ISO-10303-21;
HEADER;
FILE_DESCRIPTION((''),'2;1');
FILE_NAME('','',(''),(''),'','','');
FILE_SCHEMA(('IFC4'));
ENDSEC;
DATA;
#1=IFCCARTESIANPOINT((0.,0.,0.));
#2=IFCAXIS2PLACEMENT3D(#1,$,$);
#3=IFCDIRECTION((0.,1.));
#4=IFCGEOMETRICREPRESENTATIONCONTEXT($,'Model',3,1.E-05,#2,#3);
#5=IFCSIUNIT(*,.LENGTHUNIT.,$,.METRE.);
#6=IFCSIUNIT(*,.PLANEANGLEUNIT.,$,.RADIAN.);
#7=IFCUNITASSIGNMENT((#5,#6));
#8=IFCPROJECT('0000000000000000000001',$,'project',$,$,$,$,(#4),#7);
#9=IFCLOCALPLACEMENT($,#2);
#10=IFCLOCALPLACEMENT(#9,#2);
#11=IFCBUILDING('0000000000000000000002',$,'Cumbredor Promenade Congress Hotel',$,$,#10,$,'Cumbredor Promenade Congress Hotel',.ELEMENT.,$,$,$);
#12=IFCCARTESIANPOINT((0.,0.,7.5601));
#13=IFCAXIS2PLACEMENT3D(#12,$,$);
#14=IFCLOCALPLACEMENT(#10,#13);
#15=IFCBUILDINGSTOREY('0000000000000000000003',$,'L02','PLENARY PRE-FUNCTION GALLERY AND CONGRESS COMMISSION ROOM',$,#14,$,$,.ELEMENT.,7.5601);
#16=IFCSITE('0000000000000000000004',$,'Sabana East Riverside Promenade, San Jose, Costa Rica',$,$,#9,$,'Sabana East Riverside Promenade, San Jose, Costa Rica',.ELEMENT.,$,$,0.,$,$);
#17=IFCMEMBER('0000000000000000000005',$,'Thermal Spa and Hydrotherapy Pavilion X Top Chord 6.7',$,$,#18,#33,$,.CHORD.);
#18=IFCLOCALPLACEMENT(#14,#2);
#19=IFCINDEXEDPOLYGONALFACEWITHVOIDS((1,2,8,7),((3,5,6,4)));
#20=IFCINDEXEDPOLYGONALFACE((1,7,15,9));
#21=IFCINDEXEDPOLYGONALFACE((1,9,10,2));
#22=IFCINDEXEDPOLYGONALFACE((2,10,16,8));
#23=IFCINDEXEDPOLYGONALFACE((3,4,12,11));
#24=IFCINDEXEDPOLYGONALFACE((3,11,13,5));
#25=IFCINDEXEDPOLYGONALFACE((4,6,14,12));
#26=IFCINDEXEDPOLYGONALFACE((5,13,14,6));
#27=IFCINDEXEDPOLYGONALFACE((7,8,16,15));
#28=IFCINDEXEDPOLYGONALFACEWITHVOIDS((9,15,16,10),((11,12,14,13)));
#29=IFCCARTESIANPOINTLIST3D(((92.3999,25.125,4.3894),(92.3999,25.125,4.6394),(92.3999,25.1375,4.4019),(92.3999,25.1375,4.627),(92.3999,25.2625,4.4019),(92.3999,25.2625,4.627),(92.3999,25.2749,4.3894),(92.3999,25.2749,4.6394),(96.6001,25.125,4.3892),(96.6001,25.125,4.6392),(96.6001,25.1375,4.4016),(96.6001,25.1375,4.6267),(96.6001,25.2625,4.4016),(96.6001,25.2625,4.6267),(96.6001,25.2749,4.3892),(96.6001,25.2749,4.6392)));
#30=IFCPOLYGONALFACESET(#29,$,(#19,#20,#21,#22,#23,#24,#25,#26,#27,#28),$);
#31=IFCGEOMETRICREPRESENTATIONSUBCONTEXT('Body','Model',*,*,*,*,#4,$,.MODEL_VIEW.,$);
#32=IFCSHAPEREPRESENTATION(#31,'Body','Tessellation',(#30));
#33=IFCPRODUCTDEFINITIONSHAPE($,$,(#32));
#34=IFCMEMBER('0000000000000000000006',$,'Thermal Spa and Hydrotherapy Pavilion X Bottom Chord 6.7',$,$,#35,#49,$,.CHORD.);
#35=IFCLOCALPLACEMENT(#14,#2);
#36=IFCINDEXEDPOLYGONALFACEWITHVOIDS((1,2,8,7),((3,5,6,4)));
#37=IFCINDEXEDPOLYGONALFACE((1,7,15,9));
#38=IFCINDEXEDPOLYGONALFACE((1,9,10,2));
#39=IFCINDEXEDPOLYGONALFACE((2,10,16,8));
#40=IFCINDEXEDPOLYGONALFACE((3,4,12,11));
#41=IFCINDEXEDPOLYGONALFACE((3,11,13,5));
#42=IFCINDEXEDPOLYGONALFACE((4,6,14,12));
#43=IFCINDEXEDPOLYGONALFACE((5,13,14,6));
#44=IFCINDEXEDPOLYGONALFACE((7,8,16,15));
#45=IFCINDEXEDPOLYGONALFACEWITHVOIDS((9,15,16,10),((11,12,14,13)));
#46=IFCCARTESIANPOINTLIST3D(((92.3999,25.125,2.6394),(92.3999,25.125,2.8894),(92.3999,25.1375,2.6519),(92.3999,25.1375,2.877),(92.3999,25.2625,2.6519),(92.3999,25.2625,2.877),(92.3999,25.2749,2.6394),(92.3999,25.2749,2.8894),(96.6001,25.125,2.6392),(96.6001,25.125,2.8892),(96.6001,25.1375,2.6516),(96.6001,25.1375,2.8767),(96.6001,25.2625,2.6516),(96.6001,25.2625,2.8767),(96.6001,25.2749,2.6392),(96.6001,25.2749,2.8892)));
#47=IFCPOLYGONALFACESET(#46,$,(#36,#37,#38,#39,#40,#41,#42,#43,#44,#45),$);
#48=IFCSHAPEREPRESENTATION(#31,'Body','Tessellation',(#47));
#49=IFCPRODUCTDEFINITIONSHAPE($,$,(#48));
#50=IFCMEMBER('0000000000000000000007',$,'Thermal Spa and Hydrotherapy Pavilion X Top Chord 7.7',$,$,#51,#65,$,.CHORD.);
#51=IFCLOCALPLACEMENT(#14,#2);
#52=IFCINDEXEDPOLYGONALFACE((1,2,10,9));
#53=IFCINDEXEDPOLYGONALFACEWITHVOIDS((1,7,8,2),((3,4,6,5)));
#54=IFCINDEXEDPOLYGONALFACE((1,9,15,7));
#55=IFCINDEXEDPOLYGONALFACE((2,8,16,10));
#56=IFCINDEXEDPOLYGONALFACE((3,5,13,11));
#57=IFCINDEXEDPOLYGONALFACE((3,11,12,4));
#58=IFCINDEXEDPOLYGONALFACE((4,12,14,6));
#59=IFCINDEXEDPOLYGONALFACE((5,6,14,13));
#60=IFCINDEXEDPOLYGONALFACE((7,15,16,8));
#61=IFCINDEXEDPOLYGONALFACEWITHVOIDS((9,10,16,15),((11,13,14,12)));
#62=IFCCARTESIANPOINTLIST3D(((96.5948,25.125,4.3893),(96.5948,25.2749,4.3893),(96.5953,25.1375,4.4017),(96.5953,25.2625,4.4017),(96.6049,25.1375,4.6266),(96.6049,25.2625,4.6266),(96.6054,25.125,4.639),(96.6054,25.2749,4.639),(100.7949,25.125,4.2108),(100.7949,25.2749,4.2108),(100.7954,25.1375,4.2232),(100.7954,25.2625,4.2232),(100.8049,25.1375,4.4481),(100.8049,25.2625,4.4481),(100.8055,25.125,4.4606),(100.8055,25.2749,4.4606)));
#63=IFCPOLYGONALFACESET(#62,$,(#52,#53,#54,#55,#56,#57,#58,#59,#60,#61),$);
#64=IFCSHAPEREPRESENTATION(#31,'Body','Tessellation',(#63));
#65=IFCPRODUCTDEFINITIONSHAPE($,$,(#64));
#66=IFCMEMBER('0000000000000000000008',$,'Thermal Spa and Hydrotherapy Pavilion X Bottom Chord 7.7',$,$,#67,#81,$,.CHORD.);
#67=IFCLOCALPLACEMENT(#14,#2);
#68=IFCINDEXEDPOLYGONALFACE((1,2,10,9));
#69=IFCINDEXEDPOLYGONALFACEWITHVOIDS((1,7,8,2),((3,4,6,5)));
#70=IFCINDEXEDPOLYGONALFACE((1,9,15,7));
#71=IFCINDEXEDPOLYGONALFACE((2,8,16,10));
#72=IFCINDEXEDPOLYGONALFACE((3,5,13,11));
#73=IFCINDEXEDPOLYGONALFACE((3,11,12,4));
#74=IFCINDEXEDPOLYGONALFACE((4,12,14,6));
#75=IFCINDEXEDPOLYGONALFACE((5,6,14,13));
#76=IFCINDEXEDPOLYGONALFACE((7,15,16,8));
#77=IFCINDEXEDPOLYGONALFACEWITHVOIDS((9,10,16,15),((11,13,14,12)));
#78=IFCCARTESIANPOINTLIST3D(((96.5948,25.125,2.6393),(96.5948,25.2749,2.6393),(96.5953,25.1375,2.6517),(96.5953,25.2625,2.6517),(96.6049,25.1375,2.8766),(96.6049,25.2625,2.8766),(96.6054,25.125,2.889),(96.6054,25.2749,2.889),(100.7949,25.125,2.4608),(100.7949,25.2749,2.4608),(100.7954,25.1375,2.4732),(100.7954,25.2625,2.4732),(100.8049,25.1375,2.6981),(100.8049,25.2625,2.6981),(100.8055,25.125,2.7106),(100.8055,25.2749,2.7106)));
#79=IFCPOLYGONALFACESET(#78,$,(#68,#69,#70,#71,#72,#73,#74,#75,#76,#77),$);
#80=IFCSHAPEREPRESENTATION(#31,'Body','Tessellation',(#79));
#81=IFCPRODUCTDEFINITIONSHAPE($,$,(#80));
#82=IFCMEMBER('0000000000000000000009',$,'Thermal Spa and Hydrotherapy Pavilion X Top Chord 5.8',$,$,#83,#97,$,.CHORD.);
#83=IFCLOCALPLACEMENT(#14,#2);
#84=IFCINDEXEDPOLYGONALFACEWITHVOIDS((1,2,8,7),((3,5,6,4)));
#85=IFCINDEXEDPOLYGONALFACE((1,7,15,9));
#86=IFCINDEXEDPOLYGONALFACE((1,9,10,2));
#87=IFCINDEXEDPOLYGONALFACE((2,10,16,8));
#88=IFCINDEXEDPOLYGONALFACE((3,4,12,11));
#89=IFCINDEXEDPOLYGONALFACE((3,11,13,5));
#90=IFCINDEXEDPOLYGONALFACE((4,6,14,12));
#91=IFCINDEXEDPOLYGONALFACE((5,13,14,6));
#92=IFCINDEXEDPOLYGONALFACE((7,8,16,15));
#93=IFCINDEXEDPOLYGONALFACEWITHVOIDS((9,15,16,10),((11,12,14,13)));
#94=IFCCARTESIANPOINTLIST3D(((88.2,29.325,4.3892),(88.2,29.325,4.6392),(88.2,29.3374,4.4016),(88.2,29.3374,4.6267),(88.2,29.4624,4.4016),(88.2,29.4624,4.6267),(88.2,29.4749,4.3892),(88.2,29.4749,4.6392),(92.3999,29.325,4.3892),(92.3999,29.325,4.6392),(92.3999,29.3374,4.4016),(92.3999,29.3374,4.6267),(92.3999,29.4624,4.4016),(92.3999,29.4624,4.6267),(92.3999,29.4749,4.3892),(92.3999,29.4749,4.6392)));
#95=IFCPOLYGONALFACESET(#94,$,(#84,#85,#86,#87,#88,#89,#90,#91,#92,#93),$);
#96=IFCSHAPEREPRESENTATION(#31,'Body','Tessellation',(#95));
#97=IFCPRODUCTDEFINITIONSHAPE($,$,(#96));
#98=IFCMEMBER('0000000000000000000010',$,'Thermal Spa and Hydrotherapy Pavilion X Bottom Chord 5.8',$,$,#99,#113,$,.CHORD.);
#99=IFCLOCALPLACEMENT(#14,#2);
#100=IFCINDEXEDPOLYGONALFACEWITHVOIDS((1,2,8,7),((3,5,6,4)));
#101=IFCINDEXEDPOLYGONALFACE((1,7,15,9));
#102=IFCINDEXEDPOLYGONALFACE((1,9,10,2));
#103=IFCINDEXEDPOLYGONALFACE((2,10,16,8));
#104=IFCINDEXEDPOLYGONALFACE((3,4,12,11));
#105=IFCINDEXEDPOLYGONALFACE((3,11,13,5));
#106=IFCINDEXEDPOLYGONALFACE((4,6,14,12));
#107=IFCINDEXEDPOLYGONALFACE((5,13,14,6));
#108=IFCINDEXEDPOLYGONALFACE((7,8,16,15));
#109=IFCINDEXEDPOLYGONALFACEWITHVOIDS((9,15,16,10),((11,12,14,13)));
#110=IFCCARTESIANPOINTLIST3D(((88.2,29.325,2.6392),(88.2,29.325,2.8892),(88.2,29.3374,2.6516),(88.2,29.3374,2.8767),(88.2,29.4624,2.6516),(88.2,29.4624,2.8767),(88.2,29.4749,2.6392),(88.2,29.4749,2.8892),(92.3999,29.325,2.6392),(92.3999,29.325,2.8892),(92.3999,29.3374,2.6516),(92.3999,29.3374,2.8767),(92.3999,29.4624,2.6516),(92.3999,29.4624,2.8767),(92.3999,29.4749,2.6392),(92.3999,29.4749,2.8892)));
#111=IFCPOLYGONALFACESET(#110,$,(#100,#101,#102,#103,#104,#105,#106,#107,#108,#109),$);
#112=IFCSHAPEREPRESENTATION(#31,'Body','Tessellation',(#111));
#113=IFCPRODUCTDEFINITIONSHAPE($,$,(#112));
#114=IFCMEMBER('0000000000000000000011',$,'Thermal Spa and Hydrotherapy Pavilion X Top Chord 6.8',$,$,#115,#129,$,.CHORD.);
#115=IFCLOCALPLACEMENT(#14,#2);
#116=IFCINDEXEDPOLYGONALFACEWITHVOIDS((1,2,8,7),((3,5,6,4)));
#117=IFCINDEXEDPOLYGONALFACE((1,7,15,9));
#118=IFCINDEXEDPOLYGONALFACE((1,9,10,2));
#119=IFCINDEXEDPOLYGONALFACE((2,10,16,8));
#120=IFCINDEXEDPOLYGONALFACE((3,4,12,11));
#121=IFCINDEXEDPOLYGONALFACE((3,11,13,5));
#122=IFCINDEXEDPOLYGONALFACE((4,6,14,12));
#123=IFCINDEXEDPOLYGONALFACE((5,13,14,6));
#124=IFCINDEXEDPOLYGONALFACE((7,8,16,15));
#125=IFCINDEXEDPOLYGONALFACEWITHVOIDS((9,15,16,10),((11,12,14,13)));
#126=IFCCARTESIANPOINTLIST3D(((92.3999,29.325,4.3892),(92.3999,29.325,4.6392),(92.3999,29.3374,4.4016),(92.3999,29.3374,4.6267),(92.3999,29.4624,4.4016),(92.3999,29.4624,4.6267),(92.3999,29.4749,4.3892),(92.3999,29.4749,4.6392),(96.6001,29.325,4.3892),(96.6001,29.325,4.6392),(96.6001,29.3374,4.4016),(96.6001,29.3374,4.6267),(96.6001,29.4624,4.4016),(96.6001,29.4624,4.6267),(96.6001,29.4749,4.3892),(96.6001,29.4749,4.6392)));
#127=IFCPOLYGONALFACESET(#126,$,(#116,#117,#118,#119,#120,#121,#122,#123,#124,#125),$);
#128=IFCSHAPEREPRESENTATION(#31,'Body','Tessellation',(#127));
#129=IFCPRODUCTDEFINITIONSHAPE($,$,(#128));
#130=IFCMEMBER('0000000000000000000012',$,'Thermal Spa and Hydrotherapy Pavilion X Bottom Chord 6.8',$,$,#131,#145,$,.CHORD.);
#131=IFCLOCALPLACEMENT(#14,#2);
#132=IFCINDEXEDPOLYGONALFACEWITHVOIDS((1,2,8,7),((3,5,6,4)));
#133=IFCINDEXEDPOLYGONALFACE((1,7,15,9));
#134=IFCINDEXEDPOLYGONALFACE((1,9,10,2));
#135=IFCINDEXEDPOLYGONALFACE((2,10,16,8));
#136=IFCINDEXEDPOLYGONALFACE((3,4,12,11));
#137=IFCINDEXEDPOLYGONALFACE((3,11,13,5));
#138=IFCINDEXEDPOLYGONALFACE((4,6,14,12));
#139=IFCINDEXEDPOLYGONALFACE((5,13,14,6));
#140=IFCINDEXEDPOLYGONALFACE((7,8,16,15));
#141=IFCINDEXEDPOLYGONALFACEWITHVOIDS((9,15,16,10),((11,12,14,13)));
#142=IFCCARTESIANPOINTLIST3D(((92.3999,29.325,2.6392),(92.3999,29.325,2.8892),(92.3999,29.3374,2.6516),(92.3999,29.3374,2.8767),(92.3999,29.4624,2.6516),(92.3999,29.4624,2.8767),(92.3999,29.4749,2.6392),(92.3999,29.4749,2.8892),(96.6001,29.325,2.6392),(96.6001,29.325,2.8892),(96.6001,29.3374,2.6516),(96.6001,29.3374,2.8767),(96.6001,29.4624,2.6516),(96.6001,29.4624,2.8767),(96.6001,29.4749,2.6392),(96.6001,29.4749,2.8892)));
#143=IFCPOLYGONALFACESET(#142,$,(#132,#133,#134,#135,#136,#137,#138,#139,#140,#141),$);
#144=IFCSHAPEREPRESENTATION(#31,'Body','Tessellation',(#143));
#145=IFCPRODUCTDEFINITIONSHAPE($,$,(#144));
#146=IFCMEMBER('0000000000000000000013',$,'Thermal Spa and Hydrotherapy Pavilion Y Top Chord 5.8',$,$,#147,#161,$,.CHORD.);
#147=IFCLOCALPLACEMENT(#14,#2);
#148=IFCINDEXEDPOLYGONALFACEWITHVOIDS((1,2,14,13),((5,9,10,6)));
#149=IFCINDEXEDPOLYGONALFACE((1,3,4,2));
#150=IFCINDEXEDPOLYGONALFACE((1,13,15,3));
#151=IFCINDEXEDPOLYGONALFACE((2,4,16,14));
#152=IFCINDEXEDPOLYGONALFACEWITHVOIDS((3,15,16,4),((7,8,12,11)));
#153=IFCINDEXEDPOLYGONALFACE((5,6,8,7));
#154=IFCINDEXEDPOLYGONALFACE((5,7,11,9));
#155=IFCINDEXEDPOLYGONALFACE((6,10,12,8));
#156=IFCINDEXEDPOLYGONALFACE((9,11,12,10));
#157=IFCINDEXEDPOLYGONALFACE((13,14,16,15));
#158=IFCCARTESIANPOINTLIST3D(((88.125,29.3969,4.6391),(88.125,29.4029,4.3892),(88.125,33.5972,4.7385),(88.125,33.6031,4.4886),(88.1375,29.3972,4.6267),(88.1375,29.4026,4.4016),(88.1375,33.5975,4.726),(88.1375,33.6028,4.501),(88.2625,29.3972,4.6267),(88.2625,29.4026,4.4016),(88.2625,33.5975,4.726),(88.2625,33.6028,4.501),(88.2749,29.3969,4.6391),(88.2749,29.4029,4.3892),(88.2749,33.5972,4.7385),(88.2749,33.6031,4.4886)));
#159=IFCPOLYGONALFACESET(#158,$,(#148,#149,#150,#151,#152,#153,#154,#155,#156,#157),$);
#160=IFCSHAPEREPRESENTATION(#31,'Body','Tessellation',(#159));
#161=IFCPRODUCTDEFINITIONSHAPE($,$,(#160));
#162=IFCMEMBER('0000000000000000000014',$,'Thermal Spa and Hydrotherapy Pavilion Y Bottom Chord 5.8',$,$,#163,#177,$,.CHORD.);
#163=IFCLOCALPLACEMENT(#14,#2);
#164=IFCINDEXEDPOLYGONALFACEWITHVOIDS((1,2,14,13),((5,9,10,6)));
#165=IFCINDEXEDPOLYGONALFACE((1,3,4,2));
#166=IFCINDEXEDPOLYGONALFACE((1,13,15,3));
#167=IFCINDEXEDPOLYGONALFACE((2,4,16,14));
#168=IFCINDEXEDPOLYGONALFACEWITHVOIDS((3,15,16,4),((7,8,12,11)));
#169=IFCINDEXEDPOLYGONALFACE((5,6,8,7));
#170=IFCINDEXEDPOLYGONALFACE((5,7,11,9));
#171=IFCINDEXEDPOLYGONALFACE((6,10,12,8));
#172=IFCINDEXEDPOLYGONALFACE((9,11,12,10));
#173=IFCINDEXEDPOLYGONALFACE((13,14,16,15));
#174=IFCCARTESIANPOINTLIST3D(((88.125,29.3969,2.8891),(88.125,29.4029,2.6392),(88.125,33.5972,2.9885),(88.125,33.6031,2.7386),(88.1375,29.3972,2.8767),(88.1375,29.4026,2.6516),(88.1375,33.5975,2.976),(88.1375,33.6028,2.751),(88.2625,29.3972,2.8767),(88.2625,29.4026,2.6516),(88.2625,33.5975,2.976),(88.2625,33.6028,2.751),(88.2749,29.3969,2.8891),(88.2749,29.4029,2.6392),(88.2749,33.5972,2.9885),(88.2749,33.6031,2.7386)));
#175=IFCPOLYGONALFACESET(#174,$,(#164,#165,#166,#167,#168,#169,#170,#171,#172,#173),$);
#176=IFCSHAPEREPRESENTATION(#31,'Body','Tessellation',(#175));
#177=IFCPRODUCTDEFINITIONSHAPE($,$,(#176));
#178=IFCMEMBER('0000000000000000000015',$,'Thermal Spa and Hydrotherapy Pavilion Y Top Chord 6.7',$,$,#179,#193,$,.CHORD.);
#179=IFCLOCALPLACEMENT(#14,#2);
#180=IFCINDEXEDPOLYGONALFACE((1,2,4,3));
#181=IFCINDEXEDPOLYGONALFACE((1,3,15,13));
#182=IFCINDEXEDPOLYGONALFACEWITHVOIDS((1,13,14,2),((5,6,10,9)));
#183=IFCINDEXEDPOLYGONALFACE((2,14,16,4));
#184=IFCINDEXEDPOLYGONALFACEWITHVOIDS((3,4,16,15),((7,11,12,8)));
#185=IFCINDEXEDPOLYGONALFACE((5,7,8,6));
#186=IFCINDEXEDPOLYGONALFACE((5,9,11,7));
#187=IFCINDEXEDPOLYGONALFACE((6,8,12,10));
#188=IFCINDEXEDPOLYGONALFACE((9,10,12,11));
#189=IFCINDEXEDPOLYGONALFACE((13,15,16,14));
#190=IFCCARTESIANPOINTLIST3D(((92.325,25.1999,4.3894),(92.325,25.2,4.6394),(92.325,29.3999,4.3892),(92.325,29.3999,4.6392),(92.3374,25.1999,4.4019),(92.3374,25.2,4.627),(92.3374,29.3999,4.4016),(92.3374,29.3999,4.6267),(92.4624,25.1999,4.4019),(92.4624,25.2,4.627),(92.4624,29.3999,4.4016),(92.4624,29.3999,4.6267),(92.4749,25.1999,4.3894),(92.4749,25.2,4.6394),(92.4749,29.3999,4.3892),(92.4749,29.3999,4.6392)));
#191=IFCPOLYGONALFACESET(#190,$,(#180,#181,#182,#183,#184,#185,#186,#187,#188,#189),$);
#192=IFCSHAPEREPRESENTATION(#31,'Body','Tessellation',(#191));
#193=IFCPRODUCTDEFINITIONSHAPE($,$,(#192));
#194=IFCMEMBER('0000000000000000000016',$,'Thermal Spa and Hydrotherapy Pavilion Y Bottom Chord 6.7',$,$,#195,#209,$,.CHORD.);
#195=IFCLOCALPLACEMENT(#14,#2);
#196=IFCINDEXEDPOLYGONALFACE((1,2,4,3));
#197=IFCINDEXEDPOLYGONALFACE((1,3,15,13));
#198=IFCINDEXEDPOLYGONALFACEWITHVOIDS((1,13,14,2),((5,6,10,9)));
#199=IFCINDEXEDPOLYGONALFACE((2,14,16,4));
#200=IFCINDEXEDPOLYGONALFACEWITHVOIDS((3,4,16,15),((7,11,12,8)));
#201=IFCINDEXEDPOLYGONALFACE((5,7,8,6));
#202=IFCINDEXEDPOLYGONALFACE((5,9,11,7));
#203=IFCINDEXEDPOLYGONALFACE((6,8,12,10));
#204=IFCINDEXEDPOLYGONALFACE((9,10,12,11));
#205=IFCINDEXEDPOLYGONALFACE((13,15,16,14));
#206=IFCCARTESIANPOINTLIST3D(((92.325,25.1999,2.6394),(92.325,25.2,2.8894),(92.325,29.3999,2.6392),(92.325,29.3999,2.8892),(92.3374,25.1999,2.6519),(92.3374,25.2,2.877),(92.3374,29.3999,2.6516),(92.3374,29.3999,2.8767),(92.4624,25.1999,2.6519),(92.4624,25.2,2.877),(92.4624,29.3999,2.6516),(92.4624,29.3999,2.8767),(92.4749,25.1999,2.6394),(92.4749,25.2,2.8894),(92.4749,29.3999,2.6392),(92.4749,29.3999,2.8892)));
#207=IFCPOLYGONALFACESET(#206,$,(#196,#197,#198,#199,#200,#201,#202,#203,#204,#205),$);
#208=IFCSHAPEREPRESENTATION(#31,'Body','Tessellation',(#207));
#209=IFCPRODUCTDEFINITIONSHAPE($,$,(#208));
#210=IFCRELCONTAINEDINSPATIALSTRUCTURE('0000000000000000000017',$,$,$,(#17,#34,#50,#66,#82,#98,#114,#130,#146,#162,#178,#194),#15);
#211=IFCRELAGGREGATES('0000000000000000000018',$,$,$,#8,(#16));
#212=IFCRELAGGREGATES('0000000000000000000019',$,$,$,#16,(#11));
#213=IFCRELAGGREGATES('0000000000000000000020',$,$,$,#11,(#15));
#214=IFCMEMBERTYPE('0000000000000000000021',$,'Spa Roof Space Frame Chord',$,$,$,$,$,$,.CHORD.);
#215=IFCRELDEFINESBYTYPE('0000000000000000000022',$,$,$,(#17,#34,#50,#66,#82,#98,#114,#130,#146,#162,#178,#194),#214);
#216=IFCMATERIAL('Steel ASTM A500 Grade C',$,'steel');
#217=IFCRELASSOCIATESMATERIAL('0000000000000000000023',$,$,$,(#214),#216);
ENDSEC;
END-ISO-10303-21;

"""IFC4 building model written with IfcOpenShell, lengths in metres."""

from ifc_helpers import new_model, si_unit, direction, frame, origin, origin_2d, place, context, subcontext, project, spatial, hollow_rectangle, extrude, material, material_profile, profile_set, type_object, element, save


model = new_model("IFC4")

# Units and contexts
model_context = context("Model", 3, precision=1e-05, world=origin(), true_north=direction((0.0, 1.0)))
body_context = subcontext(model_context, "Body", "Model", "MODEL_VIEW")
ifc_project = project(units=[si_unit("LENGTHUNIT", "METRE"), si_unit("PLANEANGLEUNIT", "RADIAN")], contexts=[model_context])

# Site, building, storey
site_placement = place(None, origin())
site = spatial("IfcSite", under=ifc_project, at=site_placement, Name="Sabana East Riverside Promenade, San Jose, Costa Rica", LongName="Sabana East Riverside Promenade, San Jose, Costa Rica", CompositionType="ELEMENT", RefElevation=0.0)
building_placement = place(site_placement, origin())
building = spatial("IfcBuilding", under=site, at=building_placement, Name="Cumbredor Promenade Congress Hotel", LongName="Cumbredor Promenade Congress Hotel", CompositionType="ELEMENT")
storey_placement = place(building_placement, frame((0.0, 0.0, 7.5601)))
storey = spatial("IfcBuildingStorey", under=building, at=storey_placement, Name="L02", Description="PLENARY PRE-FUNCTION GALLERY AND CONGRESS COMMISSION ROOM", CompositionType="ELEMENT", Elevation=7.5601)

# Members
ifc_material_1 = material(Name="Steel ASTM A500 Grade C", Category="steel")
ifc_material_profile_1 = material_profile(ifc_material_1, hollow_rectangle(XDim=0.1499, YDim=0.25, WallThickness=0.0125, at=origin_2d()), Name="HSS 250x150x12.5")
ifc_profile_set_1 = profile_set([ifc_material_profile_1], Name="Steel ASTM A500 Grade C")
member_type_1 = type_object("IfcMemberType", Name="Spa Roof Space Frame Chord", PredefinedType="CHORD", material=ifc_profile_set_1)
for number, where, z_axis, x_axis, name in (
    (1, (92.3999, 25.2, 4.5144), (1.0, 0.0, -0.000058), (0.0, 1.0, 0.0), "Thermal Spa and Hydrotherapy Pavilion X Top Chord 6.7"),
    (2, (92.3999, 25.2, 2.7644), (1.0, 0.0, -0.000058), (0.0, 1.0, 0.0), "Thermal Spa and Hydrotherapy Pavilion X Bottom Chord 6.7"),
):
    element("IfcMember", number, at=place(storey_placement, frame(where, z_axis=z_axis, x_axis=x_axis)), inside=storey, type_object=member_type_1, Name=name, PredefinedType="CHORD", context=body_context, shape_type="SweptSolid", body=[
        extrude(hollow_rectangle(XDim=0.1499, YDim=0.25, WallThickness=0.0125, at=origin_2d()), origin(), (0.0, 0.0, 1.0), 4.2002),
    ])
for number, where, z_axis, x_axis, name in (
    (3, (96.6001, 25.2, 4.5142), (0.999098, 0.0, -0.042454), (0.0, 1.0, 0.0), "Thermal Spa and Hydrotherapy Pavilion X Top Chord 7.7"),
    (4, (96.6001, 25.2, 2.7642), (0.999098, 0.0, -0.042454), (0.0, 1.0, 0.0), "Thermal Spa and Hydrotherapy Pavilion X Bottom Chord 7.7"),
):
    element("IfcMember", number, at=place(storey_placement, frame(where, z_axis=z_axis, x_axis=x_axis)), inside=storey, type_object=member_type_1, Name=name, PredefinedType="CHORD", context=body_context, shape_type="SweptSolid", body=[
        extrude(hollow_rectangle(XDim=0.1499, YDim=0.25, WallThickness=0.0125, at=origin_2d()), origin(), (0.0, 0.0, 1.0), 4.2039),
    ])
for number, where, z_axis, x_axis, name in (
    (5, (88.2, 29.3999, 4.5142), (1.0, 0.0, 0.0), (0.0, 1.0, 0.0), "Thermal Spa and Hydrotherapy Pavilion X Top Chord 5.8"),
    (6, (88.2, 29.3999, 2.7642), (1.0, 0.0, 0.0), (0.0, 1.0, 0.0), "Thermal Spa and Hydrotherapy Pavilion X Bottom Chord 5.8"),
):
    element("IfcMember", number, at=place(storey_placement, frame(where, z_axis=z_axis, x_axis=x_axis)), inside=storey, type_object=member_type_1, Name=name, PredefinedType="CHORD", context=body_context, shape_type="SweptSolid", body=[
        extrude(hollow_rectangle(XDim=0.1499, YDim=0.25, WallThickness=0.0125, at=origin_2d()), origin(), (0.0, 0.0, 1.0), 4.2),
    ])
for number, where, z_axis, x_axis, name in (
    (7, (92.3999, 29.3999, 4.5142), (1.0, 0.0, 0.0), (0.0, 1.0, 0.0), "Thermal Spa and Hydrotherapy Pavilion X Top Chord 6.8"),
    (8, (92.3999, 29.3999, 2.7642), (1.0, 0.0, 0.0), (0.0, 1.0, 0.0), "Thermal Spa and Hydrotherapy Pavilion X Bottom Chord 6.8"),
):
    element("IfcMember", number, at=place(storey_placement, frame(where, z_axis=z_axis, x_axis=x_axis)), inside=storey, type_object=member_type_1, Name=name, PredefinedType="CHORD", context=body_context, shape_type="SweptSolid", body=[
        extrude(hollow_rectangle(XDim=0.1499, YDim=0.25, WallThickness=0.0125, at=origin_2d()), origin(), (0.0, 0.0, 1.0), 4.2002),
    ])
for number, where, z_axis, x_axis, name in (
    (9, (88.2, 29.3999, 4.5142), (0.0, 0.99972, 0.023651), (-1.0, 0.0, 0.0), "Thermal Spa and Hydrotherapy Pavilion Y Top Chord 5.8"),
    (10, (88.2, 29.3999, 2.7642), (0.0, 0.99972, 0.023651), (-1.0, 0.0, 0.0), "Thermal Spa and Hydrotherapy Pavilion Y Bottom Chord 5.8"),
):
    element("IfcMember", number, at=place(storey_placement, frame(where, z_axis=z_axis, x_axis=x_axis)), inside=storey, type_object=member_type_1, Name=name, PredefinedType="CHORD", context=body_context, shape_type="SweptSolid", body=[
        extrude(hollow_rectangle(XDim=0.1499, YDim=0.25, WallThickness=0.0125, at=origin_2d()), origin(), (0.0, 0.0, 1.0), 4.2014),
    ])
for number, where, z_axis, x_axis, name in (
    (11, (92.3999, 25.2, 4.5144), (0.0, 1.0, -0.000058), (-1.0, 0.0, 0.0), "Thermal Spa and Hydrotherapy Pavilion Y Top Chord 6.7"),
    (12, (92.3999, 25.2, 2.7644), (0.0, 1.0, -0.000058), (-1.0, 0.0, 0.0), "Thermal Spa and Hydrotherapy Pavilion Y Bottom Chord 6.7"),
):
    element("IfcMember", number, at=place(storey_placement, frame(where, z_axis=z_axis, x_axis=x_axis)), inside=storey, type_object=member_type_1, Name=name, PredefinedType="CHORD", context=body_context, shape_type="SweptSolid", body=[
        extrude(hollow_rectangle(XDim=0.1499, YDim=0.25, WallThickness=0.0125, at=origin_2d()), origin(), (0.0, 0.0, 1.0), 4.2),
    ])

save(model, "model.ifc")
